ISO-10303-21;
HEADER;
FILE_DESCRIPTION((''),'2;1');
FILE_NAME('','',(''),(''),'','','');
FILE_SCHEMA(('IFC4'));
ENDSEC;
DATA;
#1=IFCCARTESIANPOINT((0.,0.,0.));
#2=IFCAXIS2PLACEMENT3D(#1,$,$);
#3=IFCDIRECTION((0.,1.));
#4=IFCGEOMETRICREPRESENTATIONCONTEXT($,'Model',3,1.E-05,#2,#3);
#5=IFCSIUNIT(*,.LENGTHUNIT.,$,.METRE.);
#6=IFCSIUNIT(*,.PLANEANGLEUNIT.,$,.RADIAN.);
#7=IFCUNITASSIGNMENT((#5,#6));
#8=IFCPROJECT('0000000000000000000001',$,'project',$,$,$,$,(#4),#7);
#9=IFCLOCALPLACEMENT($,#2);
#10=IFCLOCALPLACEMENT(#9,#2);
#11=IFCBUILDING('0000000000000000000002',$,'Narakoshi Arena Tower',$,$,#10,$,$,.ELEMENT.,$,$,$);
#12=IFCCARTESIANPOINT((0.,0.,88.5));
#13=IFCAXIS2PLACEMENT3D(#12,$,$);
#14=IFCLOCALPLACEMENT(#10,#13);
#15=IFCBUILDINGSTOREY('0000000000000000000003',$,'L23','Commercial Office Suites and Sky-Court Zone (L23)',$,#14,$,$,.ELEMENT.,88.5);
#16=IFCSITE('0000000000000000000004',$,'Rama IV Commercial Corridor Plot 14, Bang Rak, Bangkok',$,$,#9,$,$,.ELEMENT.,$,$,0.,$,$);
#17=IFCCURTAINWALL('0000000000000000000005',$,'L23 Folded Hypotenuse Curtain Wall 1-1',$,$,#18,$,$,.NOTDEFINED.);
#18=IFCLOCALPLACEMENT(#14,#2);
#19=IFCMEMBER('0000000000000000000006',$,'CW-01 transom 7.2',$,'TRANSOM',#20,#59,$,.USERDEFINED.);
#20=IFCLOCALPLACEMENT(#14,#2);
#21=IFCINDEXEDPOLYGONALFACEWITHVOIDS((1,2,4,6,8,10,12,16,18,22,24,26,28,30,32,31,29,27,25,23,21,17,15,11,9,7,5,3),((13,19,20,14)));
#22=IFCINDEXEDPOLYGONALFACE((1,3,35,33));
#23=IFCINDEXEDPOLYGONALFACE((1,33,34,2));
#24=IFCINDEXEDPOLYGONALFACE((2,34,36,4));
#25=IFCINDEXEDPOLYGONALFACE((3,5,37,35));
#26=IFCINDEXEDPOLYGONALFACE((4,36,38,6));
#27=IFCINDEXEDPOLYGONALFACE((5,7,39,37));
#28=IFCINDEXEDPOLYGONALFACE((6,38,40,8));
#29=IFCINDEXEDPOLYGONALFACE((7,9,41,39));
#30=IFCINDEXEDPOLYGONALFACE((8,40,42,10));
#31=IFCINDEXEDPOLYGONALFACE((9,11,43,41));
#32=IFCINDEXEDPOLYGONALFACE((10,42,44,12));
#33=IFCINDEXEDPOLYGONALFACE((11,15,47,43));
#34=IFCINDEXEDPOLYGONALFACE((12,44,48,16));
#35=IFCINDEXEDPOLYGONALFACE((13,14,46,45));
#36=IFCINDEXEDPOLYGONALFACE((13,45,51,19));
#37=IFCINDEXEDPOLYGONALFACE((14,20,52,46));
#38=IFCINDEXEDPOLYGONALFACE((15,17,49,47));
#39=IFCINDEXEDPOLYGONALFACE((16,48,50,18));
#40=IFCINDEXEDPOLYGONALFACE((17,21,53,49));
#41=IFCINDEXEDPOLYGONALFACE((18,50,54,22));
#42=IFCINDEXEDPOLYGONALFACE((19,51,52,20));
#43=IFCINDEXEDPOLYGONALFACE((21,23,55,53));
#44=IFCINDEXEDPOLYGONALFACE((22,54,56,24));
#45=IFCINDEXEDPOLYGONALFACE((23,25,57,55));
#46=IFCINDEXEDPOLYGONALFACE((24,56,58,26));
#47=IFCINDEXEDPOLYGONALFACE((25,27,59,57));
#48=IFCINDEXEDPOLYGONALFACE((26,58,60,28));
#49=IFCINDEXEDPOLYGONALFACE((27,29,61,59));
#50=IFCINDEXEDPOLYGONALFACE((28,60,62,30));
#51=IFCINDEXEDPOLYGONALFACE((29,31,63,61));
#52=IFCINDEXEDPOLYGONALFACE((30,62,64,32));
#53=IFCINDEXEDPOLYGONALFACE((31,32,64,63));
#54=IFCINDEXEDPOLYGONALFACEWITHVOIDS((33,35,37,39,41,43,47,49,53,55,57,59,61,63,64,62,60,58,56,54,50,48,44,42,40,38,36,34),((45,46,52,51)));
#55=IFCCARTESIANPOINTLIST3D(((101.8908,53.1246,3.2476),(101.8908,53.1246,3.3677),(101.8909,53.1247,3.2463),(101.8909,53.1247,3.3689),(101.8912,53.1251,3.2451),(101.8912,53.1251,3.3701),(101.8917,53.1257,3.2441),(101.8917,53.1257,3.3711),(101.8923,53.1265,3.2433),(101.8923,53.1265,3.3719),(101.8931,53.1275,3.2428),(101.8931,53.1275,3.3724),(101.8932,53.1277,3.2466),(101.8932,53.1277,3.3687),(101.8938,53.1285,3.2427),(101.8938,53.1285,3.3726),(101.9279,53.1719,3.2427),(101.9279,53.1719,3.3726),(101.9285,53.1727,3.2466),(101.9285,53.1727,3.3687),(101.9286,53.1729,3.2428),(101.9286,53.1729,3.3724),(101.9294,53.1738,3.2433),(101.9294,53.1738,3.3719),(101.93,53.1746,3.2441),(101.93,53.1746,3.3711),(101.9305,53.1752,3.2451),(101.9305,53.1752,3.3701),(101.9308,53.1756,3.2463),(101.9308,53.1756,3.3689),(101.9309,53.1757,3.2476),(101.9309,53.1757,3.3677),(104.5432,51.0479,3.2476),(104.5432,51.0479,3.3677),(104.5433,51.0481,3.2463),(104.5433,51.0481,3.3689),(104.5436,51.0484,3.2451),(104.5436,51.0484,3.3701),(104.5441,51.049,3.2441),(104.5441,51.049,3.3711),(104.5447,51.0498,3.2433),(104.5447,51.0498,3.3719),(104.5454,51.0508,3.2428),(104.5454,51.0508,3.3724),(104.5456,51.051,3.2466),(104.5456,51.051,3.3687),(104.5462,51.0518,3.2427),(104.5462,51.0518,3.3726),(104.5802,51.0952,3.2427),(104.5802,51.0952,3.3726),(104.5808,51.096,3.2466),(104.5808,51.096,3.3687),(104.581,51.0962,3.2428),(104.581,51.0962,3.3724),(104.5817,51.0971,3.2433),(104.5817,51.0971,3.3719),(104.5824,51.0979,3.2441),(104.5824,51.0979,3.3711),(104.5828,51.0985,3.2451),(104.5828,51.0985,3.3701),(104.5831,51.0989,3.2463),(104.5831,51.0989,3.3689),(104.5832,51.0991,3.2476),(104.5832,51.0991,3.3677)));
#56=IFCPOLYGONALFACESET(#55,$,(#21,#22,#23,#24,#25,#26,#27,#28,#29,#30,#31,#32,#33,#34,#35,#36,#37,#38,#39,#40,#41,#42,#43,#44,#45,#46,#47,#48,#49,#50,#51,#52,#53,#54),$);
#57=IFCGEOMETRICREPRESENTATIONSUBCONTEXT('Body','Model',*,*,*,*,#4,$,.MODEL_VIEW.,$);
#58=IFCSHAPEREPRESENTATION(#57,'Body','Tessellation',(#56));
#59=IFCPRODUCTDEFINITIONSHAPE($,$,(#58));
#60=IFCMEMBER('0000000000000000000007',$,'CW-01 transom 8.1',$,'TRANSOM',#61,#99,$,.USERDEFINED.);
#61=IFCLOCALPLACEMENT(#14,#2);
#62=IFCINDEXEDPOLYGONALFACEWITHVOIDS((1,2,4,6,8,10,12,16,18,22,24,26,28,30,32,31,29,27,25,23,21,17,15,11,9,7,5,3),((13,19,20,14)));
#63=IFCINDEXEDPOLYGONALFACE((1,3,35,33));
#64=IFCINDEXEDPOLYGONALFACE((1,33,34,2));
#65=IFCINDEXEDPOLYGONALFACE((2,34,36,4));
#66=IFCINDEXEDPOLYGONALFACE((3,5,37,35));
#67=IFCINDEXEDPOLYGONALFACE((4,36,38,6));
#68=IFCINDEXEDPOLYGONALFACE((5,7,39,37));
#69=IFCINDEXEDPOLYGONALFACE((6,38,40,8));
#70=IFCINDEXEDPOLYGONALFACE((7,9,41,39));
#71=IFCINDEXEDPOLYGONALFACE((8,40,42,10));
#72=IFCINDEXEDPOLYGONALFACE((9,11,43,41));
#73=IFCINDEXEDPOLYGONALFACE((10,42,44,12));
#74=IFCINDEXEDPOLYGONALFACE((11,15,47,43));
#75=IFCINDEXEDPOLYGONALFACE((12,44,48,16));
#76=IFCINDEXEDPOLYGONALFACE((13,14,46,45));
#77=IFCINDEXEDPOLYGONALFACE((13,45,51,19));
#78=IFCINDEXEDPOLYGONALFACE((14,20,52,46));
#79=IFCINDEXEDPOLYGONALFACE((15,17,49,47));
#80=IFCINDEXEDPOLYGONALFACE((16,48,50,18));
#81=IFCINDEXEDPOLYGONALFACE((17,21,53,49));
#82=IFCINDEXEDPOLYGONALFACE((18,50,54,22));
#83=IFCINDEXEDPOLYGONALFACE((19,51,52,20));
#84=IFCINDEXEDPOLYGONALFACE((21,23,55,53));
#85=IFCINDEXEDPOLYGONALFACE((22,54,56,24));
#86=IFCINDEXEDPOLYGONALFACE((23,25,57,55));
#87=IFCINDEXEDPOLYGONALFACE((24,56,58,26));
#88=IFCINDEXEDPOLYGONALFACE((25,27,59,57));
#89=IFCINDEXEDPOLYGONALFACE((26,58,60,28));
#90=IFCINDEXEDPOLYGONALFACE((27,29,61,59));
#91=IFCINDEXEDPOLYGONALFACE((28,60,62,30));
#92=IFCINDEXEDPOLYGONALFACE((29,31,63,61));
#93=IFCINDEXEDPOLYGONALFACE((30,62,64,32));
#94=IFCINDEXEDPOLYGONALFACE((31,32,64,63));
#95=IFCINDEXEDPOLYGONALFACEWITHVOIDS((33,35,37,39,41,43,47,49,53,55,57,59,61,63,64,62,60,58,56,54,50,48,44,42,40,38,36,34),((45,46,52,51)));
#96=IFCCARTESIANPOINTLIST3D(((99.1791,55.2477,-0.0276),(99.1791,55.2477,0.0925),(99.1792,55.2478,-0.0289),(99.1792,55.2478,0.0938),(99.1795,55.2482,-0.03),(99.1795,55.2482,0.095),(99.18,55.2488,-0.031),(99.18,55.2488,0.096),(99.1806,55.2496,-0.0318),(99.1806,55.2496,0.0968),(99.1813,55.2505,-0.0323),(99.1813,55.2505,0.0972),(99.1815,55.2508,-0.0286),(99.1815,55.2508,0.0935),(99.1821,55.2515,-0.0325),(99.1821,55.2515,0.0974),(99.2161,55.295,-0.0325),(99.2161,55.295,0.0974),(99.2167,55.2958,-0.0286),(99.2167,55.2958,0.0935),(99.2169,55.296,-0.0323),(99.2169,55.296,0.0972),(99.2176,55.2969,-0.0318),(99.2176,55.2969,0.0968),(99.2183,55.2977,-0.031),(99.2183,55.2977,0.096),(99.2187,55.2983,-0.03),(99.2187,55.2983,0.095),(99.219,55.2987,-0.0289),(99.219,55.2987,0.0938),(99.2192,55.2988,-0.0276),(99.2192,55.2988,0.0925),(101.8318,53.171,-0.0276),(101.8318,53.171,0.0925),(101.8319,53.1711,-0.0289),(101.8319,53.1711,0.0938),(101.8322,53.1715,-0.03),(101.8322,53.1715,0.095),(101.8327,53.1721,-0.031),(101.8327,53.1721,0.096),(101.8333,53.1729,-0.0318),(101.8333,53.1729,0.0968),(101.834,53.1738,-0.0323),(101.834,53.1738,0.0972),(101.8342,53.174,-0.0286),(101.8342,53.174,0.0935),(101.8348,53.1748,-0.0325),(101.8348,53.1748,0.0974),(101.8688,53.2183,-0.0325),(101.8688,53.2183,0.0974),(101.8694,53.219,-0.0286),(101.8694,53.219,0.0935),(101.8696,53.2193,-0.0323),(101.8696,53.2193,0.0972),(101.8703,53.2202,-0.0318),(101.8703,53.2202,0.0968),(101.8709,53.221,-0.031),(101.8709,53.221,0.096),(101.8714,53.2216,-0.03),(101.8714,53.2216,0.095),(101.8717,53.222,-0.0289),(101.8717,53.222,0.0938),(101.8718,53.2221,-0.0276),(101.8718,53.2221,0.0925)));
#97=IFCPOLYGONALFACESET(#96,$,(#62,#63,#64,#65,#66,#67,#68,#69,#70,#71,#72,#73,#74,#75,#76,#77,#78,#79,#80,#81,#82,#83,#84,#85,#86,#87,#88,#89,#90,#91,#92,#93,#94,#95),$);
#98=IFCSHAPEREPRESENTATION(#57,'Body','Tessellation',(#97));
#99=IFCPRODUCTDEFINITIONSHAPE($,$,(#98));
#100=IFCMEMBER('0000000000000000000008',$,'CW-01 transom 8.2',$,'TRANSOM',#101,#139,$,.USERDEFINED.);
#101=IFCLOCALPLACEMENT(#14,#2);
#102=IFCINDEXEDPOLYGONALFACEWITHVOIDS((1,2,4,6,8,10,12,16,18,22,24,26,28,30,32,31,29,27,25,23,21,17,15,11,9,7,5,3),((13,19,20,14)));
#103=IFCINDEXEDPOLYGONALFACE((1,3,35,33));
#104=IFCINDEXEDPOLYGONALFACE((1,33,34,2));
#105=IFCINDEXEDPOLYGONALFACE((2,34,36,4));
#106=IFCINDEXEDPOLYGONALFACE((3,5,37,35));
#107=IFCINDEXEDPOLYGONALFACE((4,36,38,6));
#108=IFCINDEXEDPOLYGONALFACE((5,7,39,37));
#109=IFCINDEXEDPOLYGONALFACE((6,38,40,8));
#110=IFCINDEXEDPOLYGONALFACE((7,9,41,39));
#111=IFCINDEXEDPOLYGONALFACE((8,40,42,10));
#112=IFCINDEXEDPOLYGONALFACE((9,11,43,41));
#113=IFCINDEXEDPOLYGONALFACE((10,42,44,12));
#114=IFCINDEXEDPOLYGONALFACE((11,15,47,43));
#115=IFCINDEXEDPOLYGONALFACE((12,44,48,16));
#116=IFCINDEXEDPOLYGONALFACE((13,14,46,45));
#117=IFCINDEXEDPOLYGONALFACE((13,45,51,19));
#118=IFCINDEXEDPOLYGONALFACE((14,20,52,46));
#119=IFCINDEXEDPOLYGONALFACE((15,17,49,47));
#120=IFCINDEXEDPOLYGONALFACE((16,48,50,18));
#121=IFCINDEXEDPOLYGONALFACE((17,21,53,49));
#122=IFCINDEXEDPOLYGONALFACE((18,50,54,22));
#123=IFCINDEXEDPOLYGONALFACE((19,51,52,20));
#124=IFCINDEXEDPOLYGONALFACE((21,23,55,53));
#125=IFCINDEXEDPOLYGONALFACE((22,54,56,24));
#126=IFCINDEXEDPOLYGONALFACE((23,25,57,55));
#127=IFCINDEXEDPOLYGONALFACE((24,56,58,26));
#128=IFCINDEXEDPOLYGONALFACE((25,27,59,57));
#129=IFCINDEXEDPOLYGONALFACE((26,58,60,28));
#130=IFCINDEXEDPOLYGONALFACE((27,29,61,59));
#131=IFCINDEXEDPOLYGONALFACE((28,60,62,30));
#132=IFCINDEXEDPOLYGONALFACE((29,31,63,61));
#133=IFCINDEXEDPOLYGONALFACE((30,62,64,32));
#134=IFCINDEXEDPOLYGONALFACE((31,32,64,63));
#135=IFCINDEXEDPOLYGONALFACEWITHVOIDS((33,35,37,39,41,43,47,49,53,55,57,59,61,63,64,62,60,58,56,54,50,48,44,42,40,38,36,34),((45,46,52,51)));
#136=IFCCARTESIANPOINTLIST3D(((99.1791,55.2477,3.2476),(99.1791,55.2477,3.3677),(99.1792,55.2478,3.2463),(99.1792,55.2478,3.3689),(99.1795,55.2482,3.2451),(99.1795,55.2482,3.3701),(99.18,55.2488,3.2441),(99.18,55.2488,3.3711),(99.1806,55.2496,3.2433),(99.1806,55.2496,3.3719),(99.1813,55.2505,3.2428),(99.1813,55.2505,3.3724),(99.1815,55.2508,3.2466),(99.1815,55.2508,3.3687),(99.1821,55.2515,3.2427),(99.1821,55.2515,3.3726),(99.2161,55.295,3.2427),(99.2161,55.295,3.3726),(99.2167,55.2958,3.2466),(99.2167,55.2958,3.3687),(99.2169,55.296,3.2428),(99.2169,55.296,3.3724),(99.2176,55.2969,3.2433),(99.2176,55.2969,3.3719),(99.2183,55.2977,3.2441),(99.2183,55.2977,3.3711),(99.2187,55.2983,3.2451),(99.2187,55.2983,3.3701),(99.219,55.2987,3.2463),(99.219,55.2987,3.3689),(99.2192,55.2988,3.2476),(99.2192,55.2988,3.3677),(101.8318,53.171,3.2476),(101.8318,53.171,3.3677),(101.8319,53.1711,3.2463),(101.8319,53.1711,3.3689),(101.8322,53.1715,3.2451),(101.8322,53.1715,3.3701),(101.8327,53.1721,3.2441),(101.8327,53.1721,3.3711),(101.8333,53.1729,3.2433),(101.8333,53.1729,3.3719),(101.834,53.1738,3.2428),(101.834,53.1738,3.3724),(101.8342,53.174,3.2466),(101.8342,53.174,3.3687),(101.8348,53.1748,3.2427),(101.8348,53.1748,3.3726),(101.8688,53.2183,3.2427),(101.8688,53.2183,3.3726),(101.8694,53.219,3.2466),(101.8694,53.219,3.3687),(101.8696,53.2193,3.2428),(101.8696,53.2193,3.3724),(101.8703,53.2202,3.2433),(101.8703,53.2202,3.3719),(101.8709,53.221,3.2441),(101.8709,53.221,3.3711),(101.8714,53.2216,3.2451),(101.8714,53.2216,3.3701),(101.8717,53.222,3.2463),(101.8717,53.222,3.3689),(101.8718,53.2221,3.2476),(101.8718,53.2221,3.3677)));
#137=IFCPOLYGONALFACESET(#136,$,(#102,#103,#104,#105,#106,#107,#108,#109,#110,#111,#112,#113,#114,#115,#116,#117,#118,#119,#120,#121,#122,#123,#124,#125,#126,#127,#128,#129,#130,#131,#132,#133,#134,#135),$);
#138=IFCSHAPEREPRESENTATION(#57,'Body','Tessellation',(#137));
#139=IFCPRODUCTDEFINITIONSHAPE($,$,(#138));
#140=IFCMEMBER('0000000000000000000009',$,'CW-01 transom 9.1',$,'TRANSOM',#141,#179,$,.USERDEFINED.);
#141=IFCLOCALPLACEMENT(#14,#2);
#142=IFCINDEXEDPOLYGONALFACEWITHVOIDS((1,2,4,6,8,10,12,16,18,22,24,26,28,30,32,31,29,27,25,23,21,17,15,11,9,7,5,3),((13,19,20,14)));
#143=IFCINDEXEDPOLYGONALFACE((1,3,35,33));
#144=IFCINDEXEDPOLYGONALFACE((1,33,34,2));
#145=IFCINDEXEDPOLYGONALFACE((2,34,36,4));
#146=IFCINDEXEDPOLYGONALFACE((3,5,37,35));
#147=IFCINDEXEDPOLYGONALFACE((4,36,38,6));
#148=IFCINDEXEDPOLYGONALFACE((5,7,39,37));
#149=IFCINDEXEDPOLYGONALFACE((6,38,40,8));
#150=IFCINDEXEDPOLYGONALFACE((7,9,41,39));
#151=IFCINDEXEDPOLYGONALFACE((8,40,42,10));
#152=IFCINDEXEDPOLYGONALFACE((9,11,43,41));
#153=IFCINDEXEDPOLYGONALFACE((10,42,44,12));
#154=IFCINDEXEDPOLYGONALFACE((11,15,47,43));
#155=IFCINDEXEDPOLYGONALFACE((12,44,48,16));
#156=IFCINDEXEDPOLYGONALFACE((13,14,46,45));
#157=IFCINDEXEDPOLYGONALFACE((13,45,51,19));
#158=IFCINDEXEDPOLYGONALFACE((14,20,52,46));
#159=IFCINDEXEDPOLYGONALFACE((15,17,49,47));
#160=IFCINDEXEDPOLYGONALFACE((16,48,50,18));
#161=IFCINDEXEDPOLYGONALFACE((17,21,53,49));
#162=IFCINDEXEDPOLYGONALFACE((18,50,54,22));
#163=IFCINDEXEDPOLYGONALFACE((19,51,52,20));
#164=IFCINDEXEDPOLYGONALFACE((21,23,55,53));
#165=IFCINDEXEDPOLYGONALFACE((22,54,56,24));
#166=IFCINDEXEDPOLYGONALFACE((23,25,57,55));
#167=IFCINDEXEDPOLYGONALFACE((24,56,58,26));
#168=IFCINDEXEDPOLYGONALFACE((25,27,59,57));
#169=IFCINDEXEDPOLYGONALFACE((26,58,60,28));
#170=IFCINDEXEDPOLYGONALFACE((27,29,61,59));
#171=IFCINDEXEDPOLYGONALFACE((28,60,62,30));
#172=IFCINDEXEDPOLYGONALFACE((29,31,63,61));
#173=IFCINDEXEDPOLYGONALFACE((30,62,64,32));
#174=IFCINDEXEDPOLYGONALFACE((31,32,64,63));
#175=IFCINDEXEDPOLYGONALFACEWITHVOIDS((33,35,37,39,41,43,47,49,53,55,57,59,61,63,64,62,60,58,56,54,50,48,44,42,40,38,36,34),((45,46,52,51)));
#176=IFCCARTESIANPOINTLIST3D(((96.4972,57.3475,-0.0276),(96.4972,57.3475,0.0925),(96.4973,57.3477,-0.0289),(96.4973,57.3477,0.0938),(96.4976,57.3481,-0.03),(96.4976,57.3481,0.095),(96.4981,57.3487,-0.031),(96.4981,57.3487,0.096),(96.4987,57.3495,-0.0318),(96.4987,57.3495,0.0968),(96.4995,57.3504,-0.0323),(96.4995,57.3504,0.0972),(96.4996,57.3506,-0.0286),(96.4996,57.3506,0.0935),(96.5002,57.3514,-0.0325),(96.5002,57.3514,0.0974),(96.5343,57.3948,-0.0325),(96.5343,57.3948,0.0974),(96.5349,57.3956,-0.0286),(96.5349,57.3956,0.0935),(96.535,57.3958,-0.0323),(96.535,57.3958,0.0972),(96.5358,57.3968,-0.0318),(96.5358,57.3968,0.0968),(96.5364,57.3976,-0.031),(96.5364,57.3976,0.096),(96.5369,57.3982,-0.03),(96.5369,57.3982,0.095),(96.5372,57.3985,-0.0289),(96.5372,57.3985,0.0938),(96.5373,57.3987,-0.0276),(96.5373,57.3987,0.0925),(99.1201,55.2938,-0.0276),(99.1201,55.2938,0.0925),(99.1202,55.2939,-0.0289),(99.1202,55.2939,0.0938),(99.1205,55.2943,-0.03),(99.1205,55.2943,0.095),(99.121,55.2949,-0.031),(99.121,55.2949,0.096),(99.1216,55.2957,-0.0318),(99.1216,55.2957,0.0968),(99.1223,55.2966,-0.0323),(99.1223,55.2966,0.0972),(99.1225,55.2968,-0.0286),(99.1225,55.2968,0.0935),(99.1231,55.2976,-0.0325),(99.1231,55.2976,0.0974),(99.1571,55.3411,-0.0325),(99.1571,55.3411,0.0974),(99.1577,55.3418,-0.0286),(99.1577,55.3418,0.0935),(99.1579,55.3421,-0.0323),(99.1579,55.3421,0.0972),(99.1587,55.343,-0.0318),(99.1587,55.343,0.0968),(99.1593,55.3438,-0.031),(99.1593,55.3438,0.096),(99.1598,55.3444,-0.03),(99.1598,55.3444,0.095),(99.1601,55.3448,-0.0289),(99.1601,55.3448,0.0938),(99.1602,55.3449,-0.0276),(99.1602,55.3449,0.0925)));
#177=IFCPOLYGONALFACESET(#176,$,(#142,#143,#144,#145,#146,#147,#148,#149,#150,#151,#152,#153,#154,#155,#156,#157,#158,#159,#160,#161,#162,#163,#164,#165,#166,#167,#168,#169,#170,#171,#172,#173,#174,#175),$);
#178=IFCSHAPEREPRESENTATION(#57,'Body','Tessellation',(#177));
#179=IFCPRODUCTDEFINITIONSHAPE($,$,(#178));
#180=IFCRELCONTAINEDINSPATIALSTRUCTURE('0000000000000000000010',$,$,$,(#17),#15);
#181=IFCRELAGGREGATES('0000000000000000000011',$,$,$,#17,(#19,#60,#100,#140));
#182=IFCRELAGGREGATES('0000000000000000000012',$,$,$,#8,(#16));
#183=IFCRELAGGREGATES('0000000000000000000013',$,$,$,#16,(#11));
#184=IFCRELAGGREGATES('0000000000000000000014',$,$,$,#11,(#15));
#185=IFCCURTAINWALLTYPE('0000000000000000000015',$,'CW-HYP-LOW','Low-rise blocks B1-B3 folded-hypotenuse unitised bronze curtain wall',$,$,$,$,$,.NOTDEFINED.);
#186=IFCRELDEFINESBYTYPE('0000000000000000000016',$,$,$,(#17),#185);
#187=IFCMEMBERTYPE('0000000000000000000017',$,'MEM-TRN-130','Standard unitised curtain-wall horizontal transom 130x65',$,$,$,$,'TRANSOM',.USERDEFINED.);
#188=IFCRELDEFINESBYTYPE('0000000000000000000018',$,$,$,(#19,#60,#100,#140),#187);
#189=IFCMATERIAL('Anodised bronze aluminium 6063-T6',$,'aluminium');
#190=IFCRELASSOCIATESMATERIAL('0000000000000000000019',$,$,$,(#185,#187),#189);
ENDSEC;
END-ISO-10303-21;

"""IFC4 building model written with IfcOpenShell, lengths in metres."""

from ifc_helpers import new_model, si_unit, direction, frame, origin, origin_2d, place, context, subcontext, project, spatial, hollow_rectangle, extrude, material, material_profile, profile_set, type_object, element, aggregate, save


model = new_model("IFC4")

# Units and contexts
model_context = context("Model", 3, precision=1e-05, world=origin(), true_north=direction((0.0, 1.0)))
body_context = subcontext(model_context, "Body", "Model", "MODEL_VIEW")
ifc_project = project(units=[si_unit("LENGTHUNIT", "METRE"), si_unit("PLANEANGLEUNIT", "RADIAN")], contexts=[model_context])

# Site, building, storey
site_placement = place(None, origin())
site = spatial("IfcSite", under=ifc_project, at=site_placement, Name="Rama IV Commercial Corridor Plot 14, Bang Rak, Bangkok", CompositionType="ELEMENT", RefElevation=0.0)
building_placement = place(site_placement, origin())
building = spatial("IfcBuilding", under=site, at=building_placement, Name="Narakoshi Arena Tower", CompositionType="ELEMENT")
storey_placement = place(building_placement, frame((0.0, 0.0, 88.5)))
storey = spatial("IfcBuildingStorey", under=building, at=storey_placement, Name="L23", Description="Commercial Office Suites and Sky-Court Zone (L23)", CompositionType="ELEMENT", Elevation=88.5)

# Curtain wall
ifc_material_1 = material(Name="Anodised bronze aluminium 6063-T6", Category="aluminium")
curtain_wall_type = type_object("IfcCurtainWallType", Name="CW-HYP-LOW", Description="Low-rise blocks B1-B3 folded-hypotenuse unitised bronze curtain wall", PredefinedType="NOTDEFINED", material=ifc_material_1)
curtain_wall_1_placement = place(storey_placement, origin())
curtain_wall_1 = element("IfcCurtainWall", 1, at=curtain_wall_1_placement, inside=storey, type_object=curtain_wall_type, Name="L23 Folded Hypotenuse Curtain Wall 1-1", PredefinedType="NOTDEFINED")

# Members
ifc_material_profile_1 = material_profile(ifc_material_1, hollow_rectangle(XDim=0.0649, YDim=0.1299, WallThickness=0.0039, OuterFilletRadius=0.0049, at=origin_2d()), Name="TRN130x65x4")
ifc_profile_set_1 = profile_set([ifc_material_profile_1], Name="Anodised bronze aluminium 6063-T6")
member_type_1 = type_object("IfcMemberType", Name="MEM-TRN-130", Description="Standard unitised curtain-wall horizontal transom 130x65", ElementType="TRANSOM", PredefinedType="USERDEFINED", material=ifc_profile_set_1)
member_1_placement = place(storey_placement, frame((104.5632, 51.0735, 3.3076), z_axis=(-0.787373, 0.616476, 0.0), x_axis=(-0.616476, -0.787373, 0.0)))
member_1 = element("IfcMember", 2, at=member_1_placement, type_object=member_type_1, Name="CW-01 transom 7.2", ObjectType="TRANSOM", PredefinedType="USERDEFINED", context=body_context, shape_type="SweptSolid", body=[
    extrude(hollow_rectangle(XDim=0.0649, YDim=0.1299, WallThickness=0.0039, OuterFilletRadius=0.0049, at=origin_2d()), origin(), (0.0, 0.0, 1.0), 3.3687),
])
member_2_placement = place(storey_placement, frame((101.8518, 53.1965, 0.0325), z_axis=(-0.787401, 0.616441, 0.0), x_axis=(-0.616441, -0.787401, 0.0)))
member_2 = element("IfcMember", 3, at=member_2_placement, type_object=member_type_1, Name="CW-01 transom 8.1", ObjectType="TRANSOM", PredefinedType="USERDEFINED", context=body_context, shape_type="SweptSolid", body=[
    extrude(hollow_rectangle(XDim=0.0649, YDim=0.1299, WallThickness=0.0039, OuterFilletRadius=0.0049, at=origin_2d()), origin(), (0.0, 0.0, 1.0), 3.3689),
])
member_3_placement = place(storey_placement, frame((101.8518, 53.1965, 3.3076), z_axis=(-0.787401, 0.616441, 0.0), x_axis=(-0.616441, -0.787401, 0.0)))
member_3 = element("IfcMember", 4, at=member_3_placement, type_object=member_type_1, Name="CW-01 transom 8.2", ObjectType="TRANSOM", PredefinedType="USERDEFINED", context=body_context, shape_type="SweptSolid", body=[
    extrude(hollow_rectangle(XDim=0.0649, YDim=0.1299, WallThickness=0.0039, OuterFilletRadius=0.0049, at=origin_2d()), origin(), (0.0, 0.0, 1.0), 3.3689),
])
member_4_placement = place(storey_placement, frame((99.1401, 55.3193, 0.0325), z_axis=(-0.787347, 0.61651, 0.0), x_axis=(-0.61651, -0.787347, 0.0)))
member_4 = element("IfcMember", 5, at=member_4_placement, type_object=member_type_1, Name="CW-01 transom 9.1", ObjectType="TRANSOM", PredefinedType="USERDEFINED", context=body_context, shape_type="SweptSolid", body=[
    extrude(hollow_rectangle(XDim=0.0649, YDim=0.1299, WallThickness=0.0039, OuterFilletRadius=0.0049, at=origin_2d()), origin(), (0.0, 0.0, 1.0), 3.3313),
])

aggregate(curtain_wall_1, [member_1, member_2, member_3, member_4])

save(model, "model.ifc")
